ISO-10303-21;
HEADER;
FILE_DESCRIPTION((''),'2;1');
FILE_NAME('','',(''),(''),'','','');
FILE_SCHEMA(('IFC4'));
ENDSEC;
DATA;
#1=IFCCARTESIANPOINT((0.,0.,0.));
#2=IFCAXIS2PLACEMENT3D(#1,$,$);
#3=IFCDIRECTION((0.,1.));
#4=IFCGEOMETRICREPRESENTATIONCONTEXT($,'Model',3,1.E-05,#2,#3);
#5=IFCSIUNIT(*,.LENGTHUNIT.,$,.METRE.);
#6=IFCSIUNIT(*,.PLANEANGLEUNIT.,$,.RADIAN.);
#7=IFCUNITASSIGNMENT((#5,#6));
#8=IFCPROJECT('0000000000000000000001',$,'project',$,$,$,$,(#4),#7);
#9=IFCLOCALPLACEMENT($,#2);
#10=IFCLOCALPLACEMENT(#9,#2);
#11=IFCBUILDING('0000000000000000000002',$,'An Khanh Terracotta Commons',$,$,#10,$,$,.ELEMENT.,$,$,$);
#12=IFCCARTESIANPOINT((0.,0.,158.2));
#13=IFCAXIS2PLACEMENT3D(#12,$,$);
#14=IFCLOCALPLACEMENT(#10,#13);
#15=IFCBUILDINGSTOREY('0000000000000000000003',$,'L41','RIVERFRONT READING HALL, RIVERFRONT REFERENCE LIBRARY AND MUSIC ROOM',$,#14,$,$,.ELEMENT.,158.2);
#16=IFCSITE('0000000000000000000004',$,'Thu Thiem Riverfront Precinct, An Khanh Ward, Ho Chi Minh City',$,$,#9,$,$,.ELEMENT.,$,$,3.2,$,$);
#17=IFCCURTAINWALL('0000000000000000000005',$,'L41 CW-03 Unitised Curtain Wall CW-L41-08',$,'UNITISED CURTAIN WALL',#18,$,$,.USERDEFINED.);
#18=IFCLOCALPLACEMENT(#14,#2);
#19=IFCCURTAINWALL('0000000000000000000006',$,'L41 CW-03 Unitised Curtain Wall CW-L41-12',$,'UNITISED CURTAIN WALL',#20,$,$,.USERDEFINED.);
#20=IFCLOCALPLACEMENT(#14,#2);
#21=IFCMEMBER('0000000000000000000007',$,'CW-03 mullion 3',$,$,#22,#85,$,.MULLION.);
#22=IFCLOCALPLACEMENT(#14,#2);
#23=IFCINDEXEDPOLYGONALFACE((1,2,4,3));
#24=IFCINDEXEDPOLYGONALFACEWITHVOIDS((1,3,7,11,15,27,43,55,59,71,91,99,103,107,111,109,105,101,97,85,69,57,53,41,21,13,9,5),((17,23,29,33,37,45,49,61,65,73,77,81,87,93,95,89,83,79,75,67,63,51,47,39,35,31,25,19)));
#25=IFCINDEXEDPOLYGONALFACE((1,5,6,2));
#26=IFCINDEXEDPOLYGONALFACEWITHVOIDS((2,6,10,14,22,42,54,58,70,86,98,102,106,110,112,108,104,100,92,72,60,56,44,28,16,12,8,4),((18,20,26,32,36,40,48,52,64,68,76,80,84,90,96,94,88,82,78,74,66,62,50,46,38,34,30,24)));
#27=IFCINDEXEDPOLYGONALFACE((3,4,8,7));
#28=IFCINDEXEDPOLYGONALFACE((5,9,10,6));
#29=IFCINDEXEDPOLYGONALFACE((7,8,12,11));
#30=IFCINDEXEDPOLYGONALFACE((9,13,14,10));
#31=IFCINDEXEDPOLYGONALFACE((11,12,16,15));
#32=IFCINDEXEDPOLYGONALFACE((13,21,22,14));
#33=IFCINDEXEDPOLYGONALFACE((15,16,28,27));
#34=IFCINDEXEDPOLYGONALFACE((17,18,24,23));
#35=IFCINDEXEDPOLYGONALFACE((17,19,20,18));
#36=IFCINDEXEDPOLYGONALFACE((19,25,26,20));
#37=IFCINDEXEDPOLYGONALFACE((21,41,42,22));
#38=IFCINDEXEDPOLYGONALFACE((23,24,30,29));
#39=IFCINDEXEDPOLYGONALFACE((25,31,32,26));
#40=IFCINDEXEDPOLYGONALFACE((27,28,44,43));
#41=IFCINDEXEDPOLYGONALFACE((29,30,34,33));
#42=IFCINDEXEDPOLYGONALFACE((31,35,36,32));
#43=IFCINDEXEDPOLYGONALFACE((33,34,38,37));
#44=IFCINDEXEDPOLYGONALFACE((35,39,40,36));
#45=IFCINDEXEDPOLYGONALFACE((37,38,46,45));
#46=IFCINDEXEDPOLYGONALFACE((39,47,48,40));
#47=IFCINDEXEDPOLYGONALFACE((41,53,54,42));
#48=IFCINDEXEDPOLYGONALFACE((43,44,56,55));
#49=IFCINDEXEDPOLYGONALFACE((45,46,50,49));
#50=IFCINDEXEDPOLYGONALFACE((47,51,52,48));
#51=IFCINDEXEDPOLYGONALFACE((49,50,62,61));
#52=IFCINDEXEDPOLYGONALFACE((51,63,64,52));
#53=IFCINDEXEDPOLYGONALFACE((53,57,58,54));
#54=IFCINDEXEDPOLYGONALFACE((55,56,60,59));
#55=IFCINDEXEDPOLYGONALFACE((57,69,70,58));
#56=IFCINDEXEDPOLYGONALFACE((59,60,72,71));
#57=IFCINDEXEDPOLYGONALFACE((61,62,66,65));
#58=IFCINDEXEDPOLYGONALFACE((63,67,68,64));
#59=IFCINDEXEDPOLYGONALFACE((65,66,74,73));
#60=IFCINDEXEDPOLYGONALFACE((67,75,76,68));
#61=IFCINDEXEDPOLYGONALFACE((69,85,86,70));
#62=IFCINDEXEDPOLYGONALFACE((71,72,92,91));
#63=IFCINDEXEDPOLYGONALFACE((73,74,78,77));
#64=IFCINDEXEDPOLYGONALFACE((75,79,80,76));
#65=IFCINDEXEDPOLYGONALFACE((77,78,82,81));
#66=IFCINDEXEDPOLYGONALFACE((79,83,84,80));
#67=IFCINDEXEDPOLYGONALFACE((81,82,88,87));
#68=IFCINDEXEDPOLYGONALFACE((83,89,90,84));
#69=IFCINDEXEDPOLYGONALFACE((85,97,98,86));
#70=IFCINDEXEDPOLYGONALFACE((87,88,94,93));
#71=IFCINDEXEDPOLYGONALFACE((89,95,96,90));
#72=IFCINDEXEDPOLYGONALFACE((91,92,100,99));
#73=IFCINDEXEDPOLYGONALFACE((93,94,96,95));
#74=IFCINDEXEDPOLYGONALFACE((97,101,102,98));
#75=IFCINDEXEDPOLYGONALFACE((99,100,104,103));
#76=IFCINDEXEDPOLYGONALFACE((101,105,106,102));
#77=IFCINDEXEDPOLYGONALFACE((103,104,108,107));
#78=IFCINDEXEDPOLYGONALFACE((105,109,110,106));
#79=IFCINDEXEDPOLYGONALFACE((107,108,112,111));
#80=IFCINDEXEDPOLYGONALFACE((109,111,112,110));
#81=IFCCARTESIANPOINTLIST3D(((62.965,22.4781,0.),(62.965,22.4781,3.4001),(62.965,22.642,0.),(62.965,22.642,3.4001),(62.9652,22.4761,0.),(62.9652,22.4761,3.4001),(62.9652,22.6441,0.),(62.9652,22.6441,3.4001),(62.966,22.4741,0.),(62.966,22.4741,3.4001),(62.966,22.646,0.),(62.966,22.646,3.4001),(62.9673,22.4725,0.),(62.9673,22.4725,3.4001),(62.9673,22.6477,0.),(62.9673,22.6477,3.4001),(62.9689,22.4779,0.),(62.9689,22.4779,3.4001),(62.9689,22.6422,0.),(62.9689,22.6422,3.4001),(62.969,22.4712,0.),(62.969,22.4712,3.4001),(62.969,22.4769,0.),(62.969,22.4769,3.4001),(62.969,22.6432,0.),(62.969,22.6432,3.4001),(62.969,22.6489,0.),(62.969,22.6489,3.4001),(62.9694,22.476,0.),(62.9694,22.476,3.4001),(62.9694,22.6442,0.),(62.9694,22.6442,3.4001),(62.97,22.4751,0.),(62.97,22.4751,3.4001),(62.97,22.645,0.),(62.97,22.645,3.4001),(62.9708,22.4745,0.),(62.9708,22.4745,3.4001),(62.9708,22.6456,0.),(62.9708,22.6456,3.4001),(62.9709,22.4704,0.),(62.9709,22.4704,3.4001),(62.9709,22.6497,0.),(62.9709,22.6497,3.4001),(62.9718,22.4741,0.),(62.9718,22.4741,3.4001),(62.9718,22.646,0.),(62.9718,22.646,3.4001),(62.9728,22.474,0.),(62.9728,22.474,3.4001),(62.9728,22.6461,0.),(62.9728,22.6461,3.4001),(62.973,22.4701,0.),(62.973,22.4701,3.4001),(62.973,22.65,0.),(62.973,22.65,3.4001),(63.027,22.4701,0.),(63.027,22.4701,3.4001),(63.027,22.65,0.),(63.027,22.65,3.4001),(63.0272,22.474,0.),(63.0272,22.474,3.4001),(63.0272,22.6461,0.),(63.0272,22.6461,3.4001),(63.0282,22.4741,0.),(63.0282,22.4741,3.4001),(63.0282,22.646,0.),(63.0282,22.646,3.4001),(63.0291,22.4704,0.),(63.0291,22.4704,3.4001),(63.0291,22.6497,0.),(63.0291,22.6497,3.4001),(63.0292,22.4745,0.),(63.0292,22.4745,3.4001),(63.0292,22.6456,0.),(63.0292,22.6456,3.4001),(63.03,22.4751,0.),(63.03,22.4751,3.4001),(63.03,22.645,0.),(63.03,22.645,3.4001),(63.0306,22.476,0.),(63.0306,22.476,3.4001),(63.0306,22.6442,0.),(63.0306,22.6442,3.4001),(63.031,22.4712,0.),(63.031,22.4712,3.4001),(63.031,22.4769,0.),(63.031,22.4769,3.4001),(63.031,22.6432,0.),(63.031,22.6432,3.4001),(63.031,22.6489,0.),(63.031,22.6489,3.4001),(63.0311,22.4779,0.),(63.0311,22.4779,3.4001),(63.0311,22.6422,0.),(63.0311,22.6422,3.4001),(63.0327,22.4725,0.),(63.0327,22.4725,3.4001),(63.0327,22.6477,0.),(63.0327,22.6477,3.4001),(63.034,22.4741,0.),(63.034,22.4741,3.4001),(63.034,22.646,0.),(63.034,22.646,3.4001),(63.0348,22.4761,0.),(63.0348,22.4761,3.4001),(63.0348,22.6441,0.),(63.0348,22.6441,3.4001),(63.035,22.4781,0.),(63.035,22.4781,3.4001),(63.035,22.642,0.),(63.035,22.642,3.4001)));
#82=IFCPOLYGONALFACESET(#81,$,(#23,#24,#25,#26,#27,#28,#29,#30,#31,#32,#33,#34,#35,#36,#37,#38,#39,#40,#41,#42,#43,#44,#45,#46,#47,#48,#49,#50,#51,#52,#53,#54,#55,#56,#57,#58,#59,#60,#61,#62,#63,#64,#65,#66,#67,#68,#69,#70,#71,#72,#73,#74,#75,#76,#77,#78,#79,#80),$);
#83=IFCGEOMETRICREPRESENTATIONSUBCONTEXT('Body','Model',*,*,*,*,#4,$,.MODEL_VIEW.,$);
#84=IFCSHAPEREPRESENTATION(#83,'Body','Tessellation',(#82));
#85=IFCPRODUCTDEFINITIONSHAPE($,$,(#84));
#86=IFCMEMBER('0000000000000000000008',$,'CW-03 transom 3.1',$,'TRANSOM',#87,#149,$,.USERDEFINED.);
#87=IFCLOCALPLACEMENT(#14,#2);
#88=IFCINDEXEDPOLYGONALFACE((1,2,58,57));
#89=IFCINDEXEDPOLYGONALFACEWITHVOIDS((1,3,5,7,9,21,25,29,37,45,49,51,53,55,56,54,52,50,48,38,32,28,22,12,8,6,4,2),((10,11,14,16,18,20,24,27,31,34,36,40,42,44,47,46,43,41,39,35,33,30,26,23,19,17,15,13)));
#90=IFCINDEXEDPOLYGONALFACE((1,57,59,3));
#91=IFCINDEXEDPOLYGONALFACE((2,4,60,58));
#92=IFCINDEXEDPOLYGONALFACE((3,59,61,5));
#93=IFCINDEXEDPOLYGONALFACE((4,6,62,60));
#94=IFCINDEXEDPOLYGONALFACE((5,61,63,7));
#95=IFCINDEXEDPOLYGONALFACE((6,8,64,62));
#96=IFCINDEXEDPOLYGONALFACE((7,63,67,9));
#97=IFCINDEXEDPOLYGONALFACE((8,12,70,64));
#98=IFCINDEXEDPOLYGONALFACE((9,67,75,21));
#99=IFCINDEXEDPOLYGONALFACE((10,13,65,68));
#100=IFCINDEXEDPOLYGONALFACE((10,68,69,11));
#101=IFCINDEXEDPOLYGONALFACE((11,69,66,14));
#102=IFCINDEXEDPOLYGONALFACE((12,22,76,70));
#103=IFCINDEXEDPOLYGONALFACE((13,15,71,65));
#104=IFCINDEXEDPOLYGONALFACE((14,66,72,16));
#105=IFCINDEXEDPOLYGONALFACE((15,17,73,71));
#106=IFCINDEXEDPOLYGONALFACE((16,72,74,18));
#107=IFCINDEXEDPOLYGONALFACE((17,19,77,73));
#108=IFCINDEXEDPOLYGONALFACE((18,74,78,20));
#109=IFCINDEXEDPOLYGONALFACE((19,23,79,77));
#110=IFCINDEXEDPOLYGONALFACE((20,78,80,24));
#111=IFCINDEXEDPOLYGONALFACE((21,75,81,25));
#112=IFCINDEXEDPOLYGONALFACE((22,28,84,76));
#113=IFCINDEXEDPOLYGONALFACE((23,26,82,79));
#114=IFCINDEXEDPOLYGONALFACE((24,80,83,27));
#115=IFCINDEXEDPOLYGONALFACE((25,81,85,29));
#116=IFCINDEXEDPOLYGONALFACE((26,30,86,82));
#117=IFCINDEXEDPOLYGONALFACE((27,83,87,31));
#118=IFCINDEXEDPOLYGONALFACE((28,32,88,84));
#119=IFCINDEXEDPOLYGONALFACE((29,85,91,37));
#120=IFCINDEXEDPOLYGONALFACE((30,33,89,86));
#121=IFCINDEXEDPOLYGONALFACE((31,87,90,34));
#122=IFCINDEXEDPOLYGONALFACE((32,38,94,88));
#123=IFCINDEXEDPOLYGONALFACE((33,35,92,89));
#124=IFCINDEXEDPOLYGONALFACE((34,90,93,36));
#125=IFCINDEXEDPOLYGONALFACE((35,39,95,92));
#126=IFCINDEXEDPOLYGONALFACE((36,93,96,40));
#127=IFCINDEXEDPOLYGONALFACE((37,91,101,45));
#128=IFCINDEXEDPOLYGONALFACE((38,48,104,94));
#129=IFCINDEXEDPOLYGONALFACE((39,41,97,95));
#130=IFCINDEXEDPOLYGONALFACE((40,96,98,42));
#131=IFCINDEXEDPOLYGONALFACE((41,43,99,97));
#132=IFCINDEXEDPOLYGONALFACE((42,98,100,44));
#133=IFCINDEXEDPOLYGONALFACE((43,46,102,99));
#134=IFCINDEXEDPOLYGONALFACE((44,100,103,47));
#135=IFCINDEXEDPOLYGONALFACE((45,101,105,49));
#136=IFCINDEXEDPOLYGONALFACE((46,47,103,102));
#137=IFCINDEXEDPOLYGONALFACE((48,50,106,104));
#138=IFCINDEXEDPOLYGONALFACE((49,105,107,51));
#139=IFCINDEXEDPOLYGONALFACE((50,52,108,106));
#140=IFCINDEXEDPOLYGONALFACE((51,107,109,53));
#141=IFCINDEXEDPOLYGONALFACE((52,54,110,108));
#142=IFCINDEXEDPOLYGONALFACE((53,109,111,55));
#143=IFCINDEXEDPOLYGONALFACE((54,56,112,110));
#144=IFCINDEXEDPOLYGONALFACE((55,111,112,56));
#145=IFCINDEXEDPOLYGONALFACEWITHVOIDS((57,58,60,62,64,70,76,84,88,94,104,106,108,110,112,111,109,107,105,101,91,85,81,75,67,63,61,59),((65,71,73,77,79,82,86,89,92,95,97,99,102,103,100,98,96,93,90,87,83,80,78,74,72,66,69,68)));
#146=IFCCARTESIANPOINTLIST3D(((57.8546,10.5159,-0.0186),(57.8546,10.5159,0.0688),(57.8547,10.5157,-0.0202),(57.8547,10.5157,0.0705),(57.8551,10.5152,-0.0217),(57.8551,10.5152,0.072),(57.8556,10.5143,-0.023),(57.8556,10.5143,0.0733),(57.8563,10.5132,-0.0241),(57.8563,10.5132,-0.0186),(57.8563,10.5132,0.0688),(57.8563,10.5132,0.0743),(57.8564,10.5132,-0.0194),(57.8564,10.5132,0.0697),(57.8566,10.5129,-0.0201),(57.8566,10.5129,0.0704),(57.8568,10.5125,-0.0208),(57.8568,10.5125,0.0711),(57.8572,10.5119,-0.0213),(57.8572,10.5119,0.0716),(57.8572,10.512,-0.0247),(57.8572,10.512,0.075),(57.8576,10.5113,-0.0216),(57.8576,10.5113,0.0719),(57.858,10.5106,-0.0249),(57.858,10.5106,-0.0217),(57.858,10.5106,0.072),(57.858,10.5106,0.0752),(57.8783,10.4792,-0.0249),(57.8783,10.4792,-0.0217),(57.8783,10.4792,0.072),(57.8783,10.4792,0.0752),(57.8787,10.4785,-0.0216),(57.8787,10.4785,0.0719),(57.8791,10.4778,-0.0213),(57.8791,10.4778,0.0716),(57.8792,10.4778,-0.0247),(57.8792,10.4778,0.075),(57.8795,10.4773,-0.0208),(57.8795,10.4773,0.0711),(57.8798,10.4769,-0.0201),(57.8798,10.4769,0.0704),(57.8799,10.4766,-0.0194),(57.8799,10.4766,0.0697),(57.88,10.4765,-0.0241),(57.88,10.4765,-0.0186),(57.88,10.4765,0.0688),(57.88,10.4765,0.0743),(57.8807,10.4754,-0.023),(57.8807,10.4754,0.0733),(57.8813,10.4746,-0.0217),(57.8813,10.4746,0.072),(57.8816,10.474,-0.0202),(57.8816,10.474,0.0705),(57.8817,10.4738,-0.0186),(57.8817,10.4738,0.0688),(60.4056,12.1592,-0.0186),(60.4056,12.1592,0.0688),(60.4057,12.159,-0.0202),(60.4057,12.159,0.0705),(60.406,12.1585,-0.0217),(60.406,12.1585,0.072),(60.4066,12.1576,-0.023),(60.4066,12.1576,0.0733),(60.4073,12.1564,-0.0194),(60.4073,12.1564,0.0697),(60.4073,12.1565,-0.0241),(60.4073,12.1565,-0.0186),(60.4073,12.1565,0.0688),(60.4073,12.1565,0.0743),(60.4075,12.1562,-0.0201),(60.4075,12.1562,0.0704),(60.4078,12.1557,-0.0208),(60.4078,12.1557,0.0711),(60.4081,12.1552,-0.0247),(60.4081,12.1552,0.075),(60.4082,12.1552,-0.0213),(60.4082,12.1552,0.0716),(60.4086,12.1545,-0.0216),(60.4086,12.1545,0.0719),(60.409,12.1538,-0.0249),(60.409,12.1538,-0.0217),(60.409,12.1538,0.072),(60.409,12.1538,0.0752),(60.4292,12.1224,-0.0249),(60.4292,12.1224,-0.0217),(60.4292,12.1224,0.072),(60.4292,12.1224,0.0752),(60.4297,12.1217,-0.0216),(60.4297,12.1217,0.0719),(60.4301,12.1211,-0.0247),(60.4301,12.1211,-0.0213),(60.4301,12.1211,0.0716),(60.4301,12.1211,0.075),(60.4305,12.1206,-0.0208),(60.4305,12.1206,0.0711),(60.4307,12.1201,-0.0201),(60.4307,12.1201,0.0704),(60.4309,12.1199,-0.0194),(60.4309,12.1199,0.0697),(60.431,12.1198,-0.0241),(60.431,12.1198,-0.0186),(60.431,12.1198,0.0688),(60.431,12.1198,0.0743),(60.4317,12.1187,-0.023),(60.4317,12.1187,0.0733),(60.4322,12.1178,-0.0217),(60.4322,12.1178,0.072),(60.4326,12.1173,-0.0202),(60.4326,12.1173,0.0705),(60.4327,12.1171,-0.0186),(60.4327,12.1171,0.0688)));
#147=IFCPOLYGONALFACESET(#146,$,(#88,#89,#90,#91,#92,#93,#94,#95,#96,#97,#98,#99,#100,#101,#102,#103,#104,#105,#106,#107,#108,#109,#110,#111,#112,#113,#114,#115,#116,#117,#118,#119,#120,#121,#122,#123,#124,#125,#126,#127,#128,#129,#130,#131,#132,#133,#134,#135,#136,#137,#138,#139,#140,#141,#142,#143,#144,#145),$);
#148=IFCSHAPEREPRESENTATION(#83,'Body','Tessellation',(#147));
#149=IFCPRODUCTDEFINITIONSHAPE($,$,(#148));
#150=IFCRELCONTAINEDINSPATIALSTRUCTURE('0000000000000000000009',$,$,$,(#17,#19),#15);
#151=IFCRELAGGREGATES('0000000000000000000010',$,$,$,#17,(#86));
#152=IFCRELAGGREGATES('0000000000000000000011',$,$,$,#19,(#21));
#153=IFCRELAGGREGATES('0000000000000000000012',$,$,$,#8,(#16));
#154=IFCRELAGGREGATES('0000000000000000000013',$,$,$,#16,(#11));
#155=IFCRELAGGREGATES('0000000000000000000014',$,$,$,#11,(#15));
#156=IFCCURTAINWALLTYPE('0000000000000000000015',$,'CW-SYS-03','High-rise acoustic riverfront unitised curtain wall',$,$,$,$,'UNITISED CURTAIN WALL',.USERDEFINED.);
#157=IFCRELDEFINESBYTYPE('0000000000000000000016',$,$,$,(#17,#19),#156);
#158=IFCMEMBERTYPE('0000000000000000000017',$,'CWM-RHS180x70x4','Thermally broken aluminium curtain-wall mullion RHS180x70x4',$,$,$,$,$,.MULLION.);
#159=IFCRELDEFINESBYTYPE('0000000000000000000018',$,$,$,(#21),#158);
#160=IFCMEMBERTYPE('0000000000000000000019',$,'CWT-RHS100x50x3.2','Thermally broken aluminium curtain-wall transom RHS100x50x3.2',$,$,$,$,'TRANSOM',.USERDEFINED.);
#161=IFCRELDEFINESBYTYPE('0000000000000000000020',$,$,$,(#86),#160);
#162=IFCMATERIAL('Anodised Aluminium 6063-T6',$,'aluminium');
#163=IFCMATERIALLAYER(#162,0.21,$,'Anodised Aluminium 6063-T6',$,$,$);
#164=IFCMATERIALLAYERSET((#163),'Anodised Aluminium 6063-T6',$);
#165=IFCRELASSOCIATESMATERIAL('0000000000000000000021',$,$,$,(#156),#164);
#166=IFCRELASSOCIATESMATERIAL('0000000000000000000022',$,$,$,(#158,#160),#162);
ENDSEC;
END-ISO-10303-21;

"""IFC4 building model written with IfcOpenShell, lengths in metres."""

from ifc_helpers import new_model, si_unit, direction, frame, origin, origin_2d, place, context, subcontext, project, spatial, hollow_rectangle, extrude, material, layer, layer_set, material_profile, profile_set, type_object, element, aggregate, save


model = new_model("IFC4")

# Units and contexts
model_context = context("Model", 3, precision=1e-05, world=origin(), true_north=direction((0.0, 1.0)))
body_context = subcontext(model_context, "Body", "Model", "MODEL_VIEW")
ifc_project = project(units=[si_unit("LENGTHUNIT", "METRE"), si_unit("PLANEANGLEUNIT", "RADIAN")], contexts=[model_context])

# Site, building, storey
site_placement = place(None, origin())
site = spatial("IfcSite", under=ifc_project, at=site_placement, Name="Thu Thiem Riverfront Precinct, An Khanh Ward, Ho Chi Minh City", CompositionType="ELEMENT", RefElevation=3.2)
building_placement = place(site_placement, origin())
building = spatial("IfcBuilding", under=site, at=building_placement, Name="An Khanh Terracotta Commons", CompositionType="ELEMENT")
storey_placement = place(building_placement, frame((0.0, 0.0, 158.2)))
storey = spatial("IfcBuildingStorey", under=building, at=storey_placement, Name="L41", Description="RIVERFRONT READING HALL, RIVERFRONT REFERENCE LIBRARY AND MUSIC ROOM", CompositionType="ELEMENT", Elevation=158.2)

# Curtain walls, member
ifc_material_1 = material(Name="Anodised Aluminium 6063-T6", Category="aluminium")
ifc_layer_1 = layer(ifc_material_1, 0.21, Name="Anodised Aluminium 6063-T6")
ifc_layer_set_1 = layer_set([ifc_layer_1], Name="Anodised Aluminium 6063-T6")
curtain_wall_type = type_object("IfcCurtainWallType", Name="CW-SYS-03", Description="High-rise acoustic riverfront unitised curtain wall", ElementType="UNITISED CURTAIN WALL", PredefinedType="USERDEFINED", material=ifc_layer_set_1)
curtain_wall_1_placement = place(storey_placement, origin())
curtain_wall_1 = element("IfcCurtainWall", 1, at=curtain_wall_1_placement, inside=storey, type_object=curtain_wall_type, Name="L41 CW-03 Unitised Curtain Wall CW-L41-08", ObjectType="UNITISED CURTAIN WALL", PredefinedType="USERDEFINED")
ifc_material_profile_1 = material_profile(ifc_material_1, hollow_rectangle(XDim=0.0701, YDim=0.1799, WallThickness=0.0039, InnerFilletRadius=0.0039, OuterFilletRadius=0.0081, at=origin_2d()), Name="RHS180x70x4")
ifc_profile_set_1 = profile_set([ifc_material_profile_1], Name="Anodised Aluminium 6063-T6")
member_type_1 = type_object("IfcMemberType", Name="CWM-RHS180x70x4", Description="Thermally broken aluminium curtain-wall mullion RHS180x70x4", PredefinedType="MULLION", material=ifc_profile_set_1)
curtain_wall_2_placement = place(storey_placement, origin())
curtain_wall_2 = element("IfcCurtainWall", 2, at=curtain_wall_2_placement, inside=storey, type_object=curtain_wall_type, Name="L41 CW-03 Unitised Curtain Wall CW-L41-12", ObjectType="UNITISED CURTAIN WALL", PredefinedType="USERDEFINED")
member_1_placement = place(storey_placement, frame((63.0, 22.5601, 0.0), z_axis=(0.0, 0.0, 1.0), x_axis=(-1.0, 0.0, 0.0)))
member_1 = element("IfcMember", 3, at=member_1_placement, type_object=member_type_1, Name="CW-03 mullion 3", PredefinedType="MULLION", context=body_context, shape_type="SweptSolid", body=[
    extrude(hollow_rectangle(XDim=0.0701, YDim=0.1799, WallThickness=0.0039, InnerFilletRadius=0.0039, OuterFilletRadius=0.0081, at=origin_2d()), origin(), (0.0, 0.0, 1.0), 3.4001),
])

# Member
ifc_material_profile_2 = material_profile(ifc_material_1, hollow_rectangle(XDim=0.05, YDim=0.1001, WallThickness=0.0032, InnerFilletRadius=0.0032, OuterFilletRadius=0.0063, at=origin_2d()), Name="RHS100x50x3.2")
ifc_profile_set_2 = profile_set([ifc_material_profile_2], Name="Anodised Aluminium 6063-T6")
member_type_2 = type_object("IfcMemberType", Name="CWT-RHS100x50x3.2", Description="Thermally broken aluminium curtain-wall transom RHS100x50x3.2", ElementType="TRANSOM", PredefinedType="USERDEFINED", material=ifc_profile_set_2)
member_2_placement = place(storey_placement, frame((57.8682, 10.4949, 0.0251), z_axis=(0.840674, 0.541542, 0.0), x_axis=(-0.541542, 0.840674, 0.0)))
member_2 = element("IfcMember", 4, at=member_2_placement, type_object=member_type_2, Name="CW-03 transom 3.1", ObjectType="TRANSOM", PredefinedType="USERDEFINED", context=body_context, shape_type="SweptSolid", body=[
    extrude(hollow_rectangle(XDim=0.05, YDim=0.1001, WallThickness=0.0032, InnerFilletRadius=0.0032, OuterFilletRadius=0.0063, at=origin_2d()), origin(), (0.0, 0.0, 1.0), 3.0344),
])

aggregate(curtain_wall_1, [member_2])
aggregate(curtain_wall_2, [member_1])

save(model, "model.ifc")
